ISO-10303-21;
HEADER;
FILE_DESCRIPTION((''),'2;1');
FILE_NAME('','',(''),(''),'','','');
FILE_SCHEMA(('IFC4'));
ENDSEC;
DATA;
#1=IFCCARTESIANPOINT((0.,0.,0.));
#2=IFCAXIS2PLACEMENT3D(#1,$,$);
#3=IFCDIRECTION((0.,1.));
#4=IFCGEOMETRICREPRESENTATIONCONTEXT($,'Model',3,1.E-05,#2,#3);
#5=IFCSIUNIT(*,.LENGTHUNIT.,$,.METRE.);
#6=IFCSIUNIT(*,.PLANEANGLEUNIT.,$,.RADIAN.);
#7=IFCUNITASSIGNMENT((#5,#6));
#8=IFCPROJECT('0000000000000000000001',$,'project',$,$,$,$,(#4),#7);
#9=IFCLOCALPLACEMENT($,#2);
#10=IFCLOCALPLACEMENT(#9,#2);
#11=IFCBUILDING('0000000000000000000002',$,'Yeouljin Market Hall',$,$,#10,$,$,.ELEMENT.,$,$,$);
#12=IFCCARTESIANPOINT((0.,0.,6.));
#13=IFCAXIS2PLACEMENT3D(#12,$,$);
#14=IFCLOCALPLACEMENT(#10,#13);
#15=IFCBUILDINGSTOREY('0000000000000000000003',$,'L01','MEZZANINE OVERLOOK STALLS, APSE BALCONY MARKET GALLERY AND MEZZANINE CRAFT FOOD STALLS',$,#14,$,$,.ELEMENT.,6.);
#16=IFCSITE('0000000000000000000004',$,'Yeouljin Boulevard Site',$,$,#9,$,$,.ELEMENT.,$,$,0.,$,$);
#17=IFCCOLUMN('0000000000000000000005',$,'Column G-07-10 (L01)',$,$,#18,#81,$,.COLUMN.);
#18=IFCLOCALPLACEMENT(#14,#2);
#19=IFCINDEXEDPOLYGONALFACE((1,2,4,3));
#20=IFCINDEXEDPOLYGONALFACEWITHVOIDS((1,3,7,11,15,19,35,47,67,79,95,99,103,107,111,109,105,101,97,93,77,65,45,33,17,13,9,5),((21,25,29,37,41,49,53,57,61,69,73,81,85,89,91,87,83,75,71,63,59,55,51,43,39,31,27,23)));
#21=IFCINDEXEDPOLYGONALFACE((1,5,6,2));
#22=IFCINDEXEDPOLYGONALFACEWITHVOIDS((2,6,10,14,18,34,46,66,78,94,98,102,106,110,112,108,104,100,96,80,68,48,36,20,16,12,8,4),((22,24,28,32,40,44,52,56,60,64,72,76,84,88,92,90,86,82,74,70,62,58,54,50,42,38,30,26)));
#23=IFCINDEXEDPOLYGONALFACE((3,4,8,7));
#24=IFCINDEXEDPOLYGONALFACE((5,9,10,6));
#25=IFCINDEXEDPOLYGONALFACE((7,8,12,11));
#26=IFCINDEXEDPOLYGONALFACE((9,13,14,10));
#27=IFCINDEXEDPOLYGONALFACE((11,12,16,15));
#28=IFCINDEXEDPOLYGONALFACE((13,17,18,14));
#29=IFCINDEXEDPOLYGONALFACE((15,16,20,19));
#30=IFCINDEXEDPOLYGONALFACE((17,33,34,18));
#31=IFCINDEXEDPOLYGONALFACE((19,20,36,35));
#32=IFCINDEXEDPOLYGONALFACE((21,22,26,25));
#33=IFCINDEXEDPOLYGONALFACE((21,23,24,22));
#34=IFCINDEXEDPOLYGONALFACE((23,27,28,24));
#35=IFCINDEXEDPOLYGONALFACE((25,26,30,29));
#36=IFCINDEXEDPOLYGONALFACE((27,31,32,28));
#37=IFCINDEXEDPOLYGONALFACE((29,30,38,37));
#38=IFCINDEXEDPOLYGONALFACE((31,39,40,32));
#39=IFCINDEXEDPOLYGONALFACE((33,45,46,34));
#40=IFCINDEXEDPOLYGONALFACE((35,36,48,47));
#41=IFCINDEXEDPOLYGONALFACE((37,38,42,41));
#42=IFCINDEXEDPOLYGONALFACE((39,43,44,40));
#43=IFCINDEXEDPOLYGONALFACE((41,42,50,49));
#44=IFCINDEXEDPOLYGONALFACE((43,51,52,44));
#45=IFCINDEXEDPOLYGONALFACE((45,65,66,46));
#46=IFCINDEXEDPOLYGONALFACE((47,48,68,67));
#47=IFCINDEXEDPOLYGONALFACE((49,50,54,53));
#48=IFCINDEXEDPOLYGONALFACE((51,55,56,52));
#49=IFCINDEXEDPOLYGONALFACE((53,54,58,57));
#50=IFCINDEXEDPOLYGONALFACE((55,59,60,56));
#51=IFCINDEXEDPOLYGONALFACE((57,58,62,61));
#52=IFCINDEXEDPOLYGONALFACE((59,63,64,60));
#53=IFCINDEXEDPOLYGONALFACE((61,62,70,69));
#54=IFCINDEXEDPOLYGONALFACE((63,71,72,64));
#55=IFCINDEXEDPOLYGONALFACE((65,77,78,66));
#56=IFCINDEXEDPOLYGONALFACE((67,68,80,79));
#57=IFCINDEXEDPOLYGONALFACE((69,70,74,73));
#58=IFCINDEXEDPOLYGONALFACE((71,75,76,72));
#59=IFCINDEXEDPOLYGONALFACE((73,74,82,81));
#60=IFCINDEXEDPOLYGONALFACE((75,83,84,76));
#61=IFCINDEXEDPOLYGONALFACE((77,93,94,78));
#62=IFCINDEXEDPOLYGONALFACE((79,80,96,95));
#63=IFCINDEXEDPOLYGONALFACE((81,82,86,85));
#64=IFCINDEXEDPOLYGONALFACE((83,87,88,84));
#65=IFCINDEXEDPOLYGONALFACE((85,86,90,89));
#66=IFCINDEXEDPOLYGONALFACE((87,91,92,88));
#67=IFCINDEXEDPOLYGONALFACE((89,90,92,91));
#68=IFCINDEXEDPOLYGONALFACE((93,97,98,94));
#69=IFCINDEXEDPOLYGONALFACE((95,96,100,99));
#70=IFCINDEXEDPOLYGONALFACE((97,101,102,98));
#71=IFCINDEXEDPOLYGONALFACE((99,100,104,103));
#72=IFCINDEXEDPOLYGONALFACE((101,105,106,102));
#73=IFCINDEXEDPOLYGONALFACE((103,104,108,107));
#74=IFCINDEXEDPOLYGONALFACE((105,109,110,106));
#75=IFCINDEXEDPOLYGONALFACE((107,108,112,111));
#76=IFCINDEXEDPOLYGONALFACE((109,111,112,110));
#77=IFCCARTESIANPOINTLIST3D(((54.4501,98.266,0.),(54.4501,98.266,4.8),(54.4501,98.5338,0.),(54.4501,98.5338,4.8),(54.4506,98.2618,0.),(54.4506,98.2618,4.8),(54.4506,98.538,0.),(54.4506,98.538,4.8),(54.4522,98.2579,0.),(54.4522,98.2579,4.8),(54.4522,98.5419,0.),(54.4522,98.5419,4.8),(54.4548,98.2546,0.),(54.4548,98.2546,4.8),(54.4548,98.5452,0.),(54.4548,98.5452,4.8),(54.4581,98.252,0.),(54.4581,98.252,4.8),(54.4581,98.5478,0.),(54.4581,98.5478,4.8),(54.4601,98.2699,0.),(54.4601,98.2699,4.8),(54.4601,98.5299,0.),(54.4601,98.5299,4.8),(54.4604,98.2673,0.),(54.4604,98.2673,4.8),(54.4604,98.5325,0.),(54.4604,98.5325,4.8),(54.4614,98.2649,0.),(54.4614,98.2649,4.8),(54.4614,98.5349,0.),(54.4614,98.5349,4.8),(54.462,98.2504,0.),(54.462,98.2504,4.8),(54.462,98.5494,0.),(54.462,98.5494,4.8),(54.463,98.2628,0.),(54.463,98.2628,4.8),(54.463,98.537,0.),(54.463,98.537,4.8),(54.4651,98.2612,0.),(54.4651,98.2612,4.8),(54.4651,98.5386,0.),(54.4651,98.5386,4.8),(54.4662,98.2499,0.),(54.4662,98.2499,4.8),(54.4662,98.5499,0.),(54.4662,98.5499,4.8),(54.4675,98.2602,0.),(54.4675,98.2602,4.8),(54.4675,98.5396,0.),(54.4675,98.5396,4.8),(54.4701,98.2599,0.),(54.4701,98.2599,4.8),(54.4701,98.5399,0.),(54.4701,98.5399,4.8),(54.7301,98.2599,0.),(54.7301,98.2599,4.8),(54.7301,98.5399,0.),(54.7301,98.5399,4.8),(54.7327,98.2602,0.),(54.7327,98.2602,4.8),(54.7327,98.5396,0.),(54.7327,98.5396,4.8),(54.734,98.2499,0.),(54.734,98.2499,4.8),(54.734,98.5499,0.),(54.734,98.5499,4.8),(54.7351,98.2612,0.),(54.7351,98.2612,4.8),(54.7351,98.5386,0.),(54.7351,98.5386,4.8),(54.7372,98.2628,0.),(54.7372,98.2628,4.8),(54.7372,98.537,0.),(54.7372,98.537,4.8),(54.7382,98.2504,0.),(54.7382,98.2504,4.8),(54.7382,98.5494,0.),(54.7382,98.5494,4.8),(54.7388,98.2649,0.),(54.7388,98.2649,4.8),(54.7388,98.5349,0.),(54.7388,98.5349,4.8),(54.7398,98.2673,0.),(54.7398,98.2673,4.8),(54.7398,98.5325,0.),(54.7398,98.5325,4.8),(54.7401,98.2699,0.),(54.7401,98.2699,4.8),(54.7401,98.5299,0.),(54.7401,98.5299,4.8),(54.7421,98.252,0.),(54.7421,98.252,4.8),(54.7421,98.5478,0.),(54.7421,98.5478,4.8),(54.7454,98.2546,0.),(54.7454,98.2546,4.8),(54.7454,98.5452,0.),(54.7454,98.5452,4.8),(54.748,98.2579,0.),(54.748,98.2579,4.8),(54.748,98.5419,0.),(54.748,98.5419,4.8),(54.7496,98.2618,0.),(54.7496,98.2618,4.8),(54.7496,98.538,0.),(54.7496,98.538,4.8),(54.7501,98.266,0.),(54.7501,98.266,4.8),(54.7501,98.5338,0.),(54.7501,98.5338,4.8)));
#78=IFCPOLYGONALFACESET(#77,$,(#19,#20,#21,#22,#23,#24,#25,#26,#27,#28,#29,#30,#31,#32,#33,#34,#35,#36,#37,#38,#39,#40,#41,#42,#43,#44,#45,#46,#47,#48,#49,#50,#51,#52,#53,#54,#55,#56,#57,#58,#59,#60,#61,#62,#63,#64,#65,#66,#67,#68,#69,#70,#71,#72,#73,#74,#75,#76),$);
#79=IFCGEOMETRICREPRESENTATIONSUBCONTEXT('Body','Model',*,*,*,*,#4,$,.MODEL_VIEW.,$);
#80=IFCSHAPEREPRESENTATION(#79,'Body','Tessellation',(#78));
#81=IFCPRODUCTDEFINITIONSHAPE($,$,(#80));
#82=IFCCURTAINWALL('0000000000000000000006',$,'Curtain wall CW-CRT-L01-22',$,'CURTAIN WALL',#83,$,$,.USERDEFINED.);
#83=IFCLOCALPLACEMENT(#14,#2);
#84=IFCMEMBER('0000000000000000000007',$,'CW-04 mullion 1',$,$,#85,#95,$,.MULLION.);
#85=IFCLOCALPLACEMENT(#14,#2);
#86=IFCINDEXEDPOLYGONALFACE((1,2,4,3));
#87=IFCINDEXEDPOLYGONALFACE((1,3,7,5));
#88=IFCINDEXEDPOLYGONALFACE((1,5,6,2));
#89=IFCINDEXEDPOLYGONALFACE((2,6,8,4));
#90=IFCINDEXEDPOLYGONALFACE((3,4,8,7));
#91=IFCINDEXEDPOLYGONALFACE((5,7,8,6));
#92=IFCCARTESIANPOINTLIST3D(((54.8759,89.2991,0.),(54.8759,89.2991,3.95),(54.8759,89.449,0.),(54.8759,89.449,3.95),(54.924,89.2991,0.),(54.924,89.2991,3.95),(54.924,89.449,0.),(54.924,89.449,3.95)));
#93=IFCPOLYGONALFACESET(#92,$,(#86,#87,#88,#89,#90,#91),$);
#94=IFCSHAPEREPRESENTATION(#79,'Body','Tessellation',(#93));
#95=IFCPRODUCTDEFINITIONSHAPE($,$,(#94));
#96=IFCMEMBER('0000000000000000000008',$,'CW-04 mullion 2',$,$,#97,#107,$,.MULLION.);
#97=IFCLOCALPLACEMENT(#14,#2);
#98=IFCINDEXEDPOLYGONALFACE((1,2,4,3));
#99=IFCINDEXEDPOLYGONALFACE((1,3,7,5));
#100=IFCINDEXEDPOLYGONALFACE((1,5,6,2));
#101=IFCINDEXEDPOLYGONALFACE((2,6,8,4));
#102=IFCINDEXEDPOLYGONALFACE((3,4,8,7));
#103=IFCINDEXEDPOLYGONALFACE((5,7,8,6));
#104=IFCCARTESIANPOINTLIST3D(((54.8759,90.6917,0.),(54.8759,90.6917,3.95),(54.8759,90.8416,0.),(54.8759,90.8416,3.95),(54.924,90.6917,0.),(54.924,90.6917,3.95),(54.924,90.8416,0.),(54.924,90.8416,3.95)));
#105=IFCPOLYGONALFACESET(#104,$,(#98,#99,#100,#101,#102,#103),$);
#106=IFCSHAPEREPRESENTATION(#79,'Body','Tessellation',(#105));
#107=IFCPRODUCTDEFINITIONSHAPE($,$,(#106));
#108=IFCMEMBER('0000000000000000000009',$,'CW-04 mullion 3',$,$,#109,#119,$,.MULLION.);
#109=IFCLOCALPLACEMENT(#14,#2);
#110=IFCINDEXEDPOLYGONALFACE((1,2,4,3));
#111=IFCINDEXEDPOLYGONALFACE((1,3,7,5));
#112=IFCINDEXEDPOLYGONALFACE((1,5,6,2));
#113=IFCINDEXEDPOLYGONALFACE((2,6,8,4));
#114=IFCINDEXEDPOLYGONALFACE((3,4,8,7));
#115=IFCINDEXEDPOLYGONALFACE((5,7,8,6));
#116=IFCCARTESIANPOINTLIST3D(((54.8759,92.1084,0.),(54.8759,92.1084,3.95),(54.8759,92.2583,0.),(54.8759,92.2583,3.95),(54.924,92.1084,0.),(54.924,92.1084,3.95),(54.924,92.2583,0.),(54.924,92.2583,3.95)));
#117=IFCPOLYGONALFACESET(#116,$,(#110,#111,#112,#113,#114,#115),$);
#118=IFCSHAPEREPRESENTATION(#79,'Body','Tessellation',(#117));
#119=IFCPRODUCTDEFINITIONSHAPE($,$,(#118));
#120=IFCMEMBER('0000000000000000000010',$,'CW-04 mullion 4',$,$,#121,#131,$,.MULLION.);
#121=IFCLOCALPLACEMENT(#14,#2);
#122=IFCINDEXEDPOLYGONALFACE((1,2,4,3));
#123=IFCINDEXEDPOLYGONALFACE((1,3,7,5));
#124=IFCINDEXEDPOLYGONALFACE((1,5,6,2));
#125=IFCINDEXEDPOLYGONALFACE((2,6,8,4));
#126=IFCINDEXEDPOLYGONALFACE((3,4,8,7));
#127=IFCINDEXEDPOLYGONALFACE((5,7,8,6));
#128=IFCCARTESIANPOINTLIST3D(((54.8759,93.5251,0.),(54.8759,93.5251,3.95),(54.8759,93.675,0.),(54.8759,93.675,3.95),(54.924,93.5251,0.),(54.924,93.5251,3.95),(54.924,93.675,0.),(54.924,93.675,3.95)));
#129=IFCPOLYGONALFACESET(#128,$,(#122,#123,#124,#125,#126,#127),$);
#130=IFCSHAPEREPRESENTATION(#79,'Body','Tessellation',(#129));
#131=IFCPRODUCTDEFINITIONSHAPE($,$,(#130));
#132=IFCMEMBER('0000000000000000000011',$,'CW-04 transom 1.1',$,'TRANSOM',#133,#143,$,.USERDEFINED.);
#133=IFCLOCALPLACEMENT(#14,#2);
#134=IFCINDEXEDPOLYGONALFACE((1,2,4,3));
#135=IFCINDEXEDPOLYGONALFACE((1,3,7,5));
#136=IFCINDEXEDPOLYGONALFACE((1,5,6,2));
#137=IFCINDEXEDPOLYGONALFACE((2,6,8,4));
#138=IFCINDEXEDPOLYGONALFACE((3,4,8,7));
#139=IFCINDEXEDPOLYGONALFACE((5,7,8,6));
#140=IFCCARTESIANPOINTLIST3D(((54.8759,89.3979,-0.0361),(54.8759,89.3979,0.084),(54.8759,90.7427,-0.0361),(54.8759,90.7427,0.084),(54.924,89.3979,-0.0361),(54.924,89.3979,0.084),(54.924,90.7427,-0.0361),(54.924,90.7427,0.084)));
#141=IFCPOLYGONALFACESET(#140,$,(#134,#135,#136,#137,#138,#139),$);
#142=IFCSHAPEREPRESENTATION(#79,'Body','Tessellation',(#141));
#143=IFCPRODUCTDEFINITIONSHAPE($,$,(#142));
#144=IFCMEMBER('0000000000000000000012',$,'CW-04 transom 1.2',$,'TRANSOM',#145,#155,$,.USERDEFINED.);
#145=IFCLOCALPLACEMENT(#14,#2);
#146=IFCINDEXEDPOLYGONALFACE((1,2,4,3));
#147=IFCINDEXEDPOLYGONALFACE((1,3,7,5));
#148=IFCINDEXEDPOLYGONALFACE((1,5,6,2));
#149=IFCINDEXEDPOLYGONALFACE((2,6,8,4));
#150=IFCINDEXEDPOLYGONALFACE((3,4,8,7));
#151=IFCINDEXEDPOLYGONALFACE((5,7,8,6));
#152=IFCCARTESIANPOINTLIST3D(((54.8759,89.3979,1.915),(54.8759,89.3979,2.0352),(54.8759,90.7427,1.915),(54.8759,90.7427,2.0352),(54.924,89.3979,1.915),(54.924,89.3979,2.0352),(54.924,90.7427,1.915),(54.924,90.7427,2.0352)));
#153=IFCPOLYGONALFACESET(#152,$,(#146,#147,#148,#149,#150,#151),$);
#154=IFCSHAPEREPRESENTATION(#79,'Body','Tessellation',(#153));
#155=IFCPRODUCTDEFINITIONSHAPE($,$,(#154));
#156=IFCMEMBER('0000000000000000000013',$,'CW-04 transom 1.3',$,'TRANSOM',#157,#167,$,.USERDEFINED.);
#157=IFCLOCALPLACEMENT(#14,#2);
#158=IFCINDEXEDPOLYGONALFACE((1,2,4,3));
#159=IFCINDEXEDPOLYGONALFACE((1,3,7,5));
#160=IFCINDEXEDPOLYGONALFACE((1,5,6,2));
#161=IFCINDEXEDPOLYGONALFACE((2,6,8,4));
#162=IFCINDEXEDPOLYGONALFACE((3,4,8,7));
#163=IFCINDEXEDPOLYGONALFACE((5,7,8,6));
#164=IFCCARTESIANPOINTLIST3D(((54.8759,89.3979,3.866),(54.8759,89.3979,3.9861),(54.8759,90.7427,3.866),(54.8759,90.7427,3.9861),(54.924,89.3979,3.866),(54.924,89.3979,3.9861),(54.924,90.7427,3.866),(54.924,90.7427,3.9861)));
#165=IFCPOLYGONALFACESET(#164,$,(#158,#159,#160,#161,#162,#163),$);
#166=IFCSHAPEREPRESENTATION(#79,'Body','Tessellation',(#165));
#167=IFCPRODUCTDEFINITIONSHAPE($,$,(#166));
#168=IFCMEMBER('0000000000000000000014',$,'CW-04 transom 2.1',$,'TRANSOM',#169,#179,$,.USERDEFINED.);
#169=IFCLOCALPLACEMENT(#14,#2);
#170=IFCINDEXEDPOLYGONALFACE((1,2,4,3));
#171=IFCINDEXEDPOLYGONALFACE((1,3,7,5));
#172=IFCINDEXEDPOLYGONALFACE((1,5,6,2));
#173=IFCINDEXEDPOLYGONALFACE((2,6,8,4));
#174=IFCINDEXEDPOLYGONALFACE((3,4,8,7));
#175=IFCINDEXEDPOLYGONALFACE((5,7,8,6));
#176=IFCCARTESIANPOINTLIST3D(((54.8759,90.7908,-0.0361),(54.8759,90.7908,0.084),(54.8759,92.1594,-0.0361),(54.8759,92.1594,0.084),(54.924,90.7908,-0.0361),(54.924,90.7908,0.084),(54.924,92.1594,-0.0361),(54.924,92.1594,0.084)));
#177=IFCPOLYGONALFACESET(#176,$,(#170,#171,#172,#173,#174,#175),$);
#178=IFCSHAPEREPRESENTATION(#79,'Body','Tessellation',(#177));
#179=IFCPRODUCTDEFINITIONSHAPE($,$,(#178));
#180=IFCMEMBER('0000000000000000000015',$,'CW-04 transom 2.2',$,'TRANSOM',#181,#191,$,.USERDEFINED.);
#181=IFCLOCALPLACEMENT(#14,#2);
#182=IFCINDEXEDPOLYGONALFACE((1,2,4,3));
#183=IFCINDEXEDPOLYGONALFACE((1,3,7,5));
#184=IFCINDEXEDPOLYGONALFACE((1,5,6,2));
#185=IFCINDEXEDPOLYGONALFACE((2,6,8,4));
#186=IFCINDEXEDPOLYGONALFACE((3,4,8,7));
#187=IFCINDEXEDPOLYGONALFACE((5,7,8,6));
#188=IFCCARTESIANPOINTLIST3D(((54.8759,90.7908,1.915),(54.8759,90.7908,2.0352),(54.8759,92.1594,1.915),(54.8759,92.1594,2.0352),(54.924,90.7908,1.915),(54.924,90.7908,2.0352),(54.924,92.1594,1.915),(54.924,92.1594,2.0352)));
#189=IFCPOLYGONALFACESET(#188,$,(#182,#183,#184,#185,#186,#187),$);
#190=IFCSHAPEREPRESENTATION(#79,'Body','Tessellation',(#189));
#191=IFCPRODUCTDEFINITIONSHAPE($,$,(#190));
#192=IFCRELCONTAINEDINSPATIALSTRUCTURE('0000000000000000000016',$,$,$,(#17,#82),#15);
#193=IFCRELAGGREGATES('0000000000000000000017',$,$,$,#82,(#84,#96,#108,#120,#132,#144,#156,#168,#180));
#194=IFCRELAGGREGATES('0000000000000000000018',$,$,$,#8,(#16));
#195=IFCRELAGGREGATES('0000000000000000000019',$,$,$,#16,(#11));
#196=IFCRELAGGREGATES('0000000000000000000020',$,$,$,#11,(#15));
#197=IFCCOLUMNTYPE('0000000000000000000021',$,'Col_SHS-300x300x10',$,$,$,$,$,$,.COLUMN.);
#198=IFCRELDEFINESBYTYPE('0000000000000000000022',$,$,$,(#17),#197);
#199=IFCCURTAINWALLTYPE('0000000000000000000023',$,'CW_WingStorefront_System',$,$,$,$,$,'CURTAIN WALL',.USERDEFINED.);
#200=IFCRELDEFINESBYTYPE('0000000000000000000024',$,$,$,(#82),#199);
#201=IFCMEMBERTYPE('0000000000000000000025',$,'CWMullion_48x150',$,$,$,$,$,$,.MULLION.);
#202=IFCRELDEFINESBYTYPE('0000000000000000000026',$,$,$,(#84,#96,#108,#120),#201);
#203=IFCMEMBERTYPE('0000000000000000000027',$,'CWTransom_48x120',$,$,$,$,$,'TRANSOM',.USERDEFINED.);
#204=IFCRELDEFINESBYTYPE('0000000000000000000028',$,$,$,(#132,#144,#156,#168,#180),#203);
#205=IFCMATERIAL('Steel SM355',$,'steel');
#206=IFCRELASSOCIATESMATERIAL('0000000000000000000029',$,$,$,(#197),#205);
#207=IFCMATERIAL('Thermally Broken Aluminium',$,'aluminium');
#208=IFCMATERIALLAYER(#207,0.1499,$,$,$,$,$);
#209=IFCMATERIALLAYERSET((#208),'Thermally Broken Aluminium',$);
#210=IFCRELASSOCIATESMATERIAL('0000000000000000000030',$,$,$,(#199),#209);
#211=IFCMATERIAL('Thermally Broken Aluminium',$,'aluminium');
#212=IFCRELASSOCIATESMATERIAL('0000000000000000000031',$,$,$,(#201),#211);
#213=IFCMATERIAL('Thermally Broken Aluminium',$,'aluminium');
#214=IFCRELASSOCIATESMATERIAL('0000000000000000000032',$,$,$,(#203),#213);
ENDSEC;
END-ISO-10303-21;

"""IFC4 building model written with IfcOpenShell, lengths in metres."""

from ifc_helpers import new_model, si_unit, direction, frame, origin, origin_2d, place, context, subcontext, project, spatial, rectangle, hollow_rectangle, extrude, material, layer, layer_set, material_profile, profile_set, type_object, element, aggregate, save


model = new_model("IFC4")

# Units and contexts
model_context = context("Model", 3, precision=1e-05, world=origin(), true_north=direction((0.0, 1.0)))
body_context = subcontext(model_context, "Body", "Model", "MODEL_VIEW")
ifc_project = project(units=[si_unit("LENGTHUNIT", "METRE"), si_unit("PLANEANGLEUNIT", "RADIAN")], contexts=[model_context])

# Site, building, storey
site_placement = place(None, origin())
site = spatial("IfcSite", under=ifc_project, at=site_placement, Name="Yeouljin Boulevard Site", CompositionType="ELEMENT", RefElevation=0.0)
building_placement = place(site_placement, origin())
building = spatial("IfcBuilding", under=site, at=building_placement, Name="Yeouljin Market Hall", CompositionType="ELEMENT")
storey_placement = place(building_placement, frame((0.0, 0.0, 6.0)))
storey = spatial("IfcBuildingStorey", under=building, at=storey_placement, Name="L01", Description="MEZZANINE OVERLOOK STALLS, APSE BALCONY MARKET GALLERY AND MEZZANINE CRAFT FOOD STALLS", CompositionType="ELEMENT", Elevation=6.0)

# Column
ifc_material_1 = material(Name="Steel SM355", Category="steel")
ifc_material_profile_1 = material_profile(ifc_material_1, hollow_rectangle(XDim=0.3, YDim=0.3, WallThickness=0.01, InnerFilletRadius=0.01, OuterFilletRadius=0.0161, at=origin_2d()), Name="SHS-300x300x10")
ifc_profile_set_1 = profile_set([ifc_material_profile_1], Name="Steel SM355")
column_type = type_object("IfcColumnType", Name="Col_SHS-300x300x10", PredefinedType="COLUMN", material=ifc_profile_set_1)
column_placement = place(storey_placement, frame((54.6001, 98.3999, 0.0), z_axis=(0.0, 0.0, 1.0), x_axis=(1.0, 0.0, 0.0)))
element("IfcColumn", 1, at=column_placement, inside=storey, type_object=column_type, Name="Column G-07-10 (L01)", PredefinedType="COLUMN", context=body_context, shape_type="SweptSolid", body=[
    extrude(hollow_rectangle(XDim=0.3, YDim=0.3, WallThickness=0.01, InnerFilletRadius=0.01, OuterFilletRadius=0.0161, at=origin_2d()), origin(), (0.0, 0.0, 1.0), 4.8),
])

# Curtain wall, members
ifc_material_2 = material(Name="Thermally Broken Aluminium", Category="aluminium")
ifc_layer_1 = layer(ifc_material_2, 0.1499)
ifc_layer_set_1 = layer_set([ifc_layer_1], Name="Thermally Broken Aluminium")
curtain_wall_type = type_object("IfcCurtainWallType", Name="CW_WingStorefront_System", ElementType="CURTAIN WALL", PredefinedType="USERDEFINED", material=ifc_layer_set_1)
curtain_wall_placement = place(storey_placement, origin())
curtain_wall = element("IfcCurtainWall", 2, at=curtain_wall_placement, inside=storey, type_object=curtain_wall_type, Name="Curtain wall CW-CRT-L01-22", ObjectType="CURTAIN WALL", PredefinedType="USERDEFINED")
ifc_material_3 = material(Name="Thermally Broken Aluminium", Category="aluminium")
ifc_material_profile_2 = material_profile(ifc_material_3, rectangle(XDim=0.0481, YDim=0.1499, at=origin_2d()), Name="CW-MULL-48x150")
ifc_profile_set_2 = profile_set([ifc_material_profile_2], Name="Thermally Broken Aluminium")
member_type_1 = type_object("IfcMemberType", Name="CWMullion_48x150", PredefinedType="MULLION", material=ifc_profile_set_2)
member_1_placement = place(storey_placement, frame((54.8999, 89.374, 0.0), z_axis=(0.0, 0.0, 1.0), x_axis=(-1.0, 0.0, 0.0)))
member_1 = element("IfcMember", 3, at=member_1_placement, type_object=member_type_1, Name="CW-04 mullion 1", PredefinedType="MULLION", context=body_context, shape_type="SweptSolid", body=[
    extrude(rectangle(XDim=0.0481, YDim=0.1499, at=origin_2d()), origin(), (0.0, 0.0, 1.0), 3.95),
])
member_2_placement = place(storey_placement, frame((54.8999, 90.7666, 0.0), z_axis=(0.0, 0.0, 1.0), x_axis=(-1.0, 0.0, 0.0)))
member_2 = element("IfcMember", 4, at=member_2_placement, type_object=member_type_1, Name="CW-04 mullion 2", PredefinedType="MULLION", context=body_context, shape_type="SweptSolid", body=[
    extrude(rectangle(XDim=0.0481, YDim=0.1499, at=origin_2d()), origin(), (0.0, 0.0, 1.0), 3.95),
])
member_3_placement = place(storey_placement, frame((54.8999, 92.1833, 0.0), z_axis=(0.0, 0.0, 1.0), x_axis=(-1.0, 0.0, 0.0)))
member_3 = element("IfcMember", 5, at=member_3_placement, type_object=member_type_1, Name="CW-04 mullion 3", PredefinedType="MULLION", context=body_context, shape_type="SweptSolid", body=[
    extrude(rectangle(XDim=0.0481, YDim=0.1499, at=origin_2d()), origin(), (0.0, 0.0, 1.0), 3.95),
])
member_4_placement = place(storey_placement, frame((54.8999, 93.6001, 0.0), z_axis=(0.0, 0.0, 1.0), x_axis=(-1.0, 0.0, 0.0)))
member_4 = element("IfcMember", 6, at=member_4_placement, type_object=member_type_1, Name="CW-04 mullion 4", PredefinedType="MULLION", context=body_context, shape_type="SweptSolid", body=[
    extrude(rectangle(XDim=0.0481, YDim=0.1499, at=origin_2d()), origin(), (0.0, 0.0, 1.0), 3.95),
])
ifc_material_4 = material(Name="Thermally Broken Aluminium", Category="aluminium")
ifc_material_profile_3 = material_profile(ifc_material_4, rectangle(XDim=0.0481, YDim=0.1201, at=origin_2d()), Name="CW-TRAN-48x120")
ifc_profile_set_3 = profile_set([ifc_material_profile_3], Name="Thermally Broken Aluminium")
member_type_2 = type_object("IfcMemberType", Name="CWTransom_48x120", ElementType="TRANSOM", PredefinedType="USERDEFINED", material=ifc_profile_set_3)
member_5_placement = place(storey_placement, frame((54.8999, 89.3979, 0.0239), z_axis=(0.0, 1.0, 0.0), x_axis=(-1.0, 0.0, 0.0)))
member_5 = element("IfcMember", 7, at=member_5_placement, type_object=member_type_2, Name="CW-04 transom 1.1", ObjectType="TRANSOM", PredefinedType="USERDEFINED", context=body_context, shape_type="SweptSolid", body=[
    extrude(rectangle(XDim=0.0481, YDim=0.1201, at=origin_2d()), origin(), (0.0, 0.0, 1.0), 1.3447),
])
member_6_placement = place(storey_placement, frame((54.8999, 89.3979, 1.9751), z_axis=(0.0, 1.0, 0.0), x_axis=(-1.0, 0.0, 0.0)))
member_6 = element("IfcMember", 8, at=member_6_placement, type_object=member_type_2, Name="CW-04 transom 1.2", ObjectType="TRANSOM", PredefinedType="USERDEFINED", context=body_context, shape_type="SweptSolid", body=[
    extrude(rectangle(XDim=0.0481, YDim=0.1201, at=origin_2d()), origin(), (0.0, 0.0, 1.0), 1.3447),
])
member_7_placement = place(storey_placement, frame((54.8999, 89.3979, 3.926), z_axis=(0.0, 1.0, 0.0), x_axis=(-1.0, 0.0, 0.0)))
member_7 = element("IfcMember", 9, at=member_7_placement, type_object=member_type_2, Name="CW-04 transom 1.3", ObjectType="TRANSOM", PredefinedType="USERDEFINED", context=body_context, shape_type="SweptSolid", body=[
    extrude(rectangle(XDim=0.0481, YDim=0.1201, at=origin_2d()), origin(), (0.0, 0.0, 1.0), 1.3447),
])
member_8_placement = place(storey_placement, frame((54.8999, 90.7908, 0.0239), z_axis=(0.0, 1.0, 0.0), x_axis=(-1.0, 0.0, 0.0)))
member_8 = element("IfcMember", 10, at=member_8_placement, type_object=member_type_2, Name="CW-04 transom 2.1", ObjectType="TRANSOM", PredefinedType="USERDEFINED", context=body_context, shape_type="SweptSolid", body=[
    extrude(rectangle(XDim=0.0481, YDim=0.1201, at=origin_2d()), origin(), (0.0, 0.0, 1.0), 1.3687),
])
member_9_placement = place(storey_placement, frame((54.8999, 90.7908, 1.9751), z_axis=(0.0, 1.0, 0.0), x_axis=(-1.0, 0.0, 0.0)))
member_9 = element("IfcMember", 11, at=member_9_placement, type_object=member_type_2, Name="CW-04 transom 2.2", ObjectType="TRANSOM", PredefinedType="USERDEFINED", context=body_context, shape_type="SweptSolid", body=[
    extrude(rectangle(XDim=0.0481, YDim=0.1201, at=origin_2d()), origin(), (0.0, 0.0, 1.0), 1.3687),
])

aggregate(curtain_wall, [member_1, member_2, member_3, member_4, member_5, member_6, member_7, member_8, member_9])

save(model, "model.ifc")
